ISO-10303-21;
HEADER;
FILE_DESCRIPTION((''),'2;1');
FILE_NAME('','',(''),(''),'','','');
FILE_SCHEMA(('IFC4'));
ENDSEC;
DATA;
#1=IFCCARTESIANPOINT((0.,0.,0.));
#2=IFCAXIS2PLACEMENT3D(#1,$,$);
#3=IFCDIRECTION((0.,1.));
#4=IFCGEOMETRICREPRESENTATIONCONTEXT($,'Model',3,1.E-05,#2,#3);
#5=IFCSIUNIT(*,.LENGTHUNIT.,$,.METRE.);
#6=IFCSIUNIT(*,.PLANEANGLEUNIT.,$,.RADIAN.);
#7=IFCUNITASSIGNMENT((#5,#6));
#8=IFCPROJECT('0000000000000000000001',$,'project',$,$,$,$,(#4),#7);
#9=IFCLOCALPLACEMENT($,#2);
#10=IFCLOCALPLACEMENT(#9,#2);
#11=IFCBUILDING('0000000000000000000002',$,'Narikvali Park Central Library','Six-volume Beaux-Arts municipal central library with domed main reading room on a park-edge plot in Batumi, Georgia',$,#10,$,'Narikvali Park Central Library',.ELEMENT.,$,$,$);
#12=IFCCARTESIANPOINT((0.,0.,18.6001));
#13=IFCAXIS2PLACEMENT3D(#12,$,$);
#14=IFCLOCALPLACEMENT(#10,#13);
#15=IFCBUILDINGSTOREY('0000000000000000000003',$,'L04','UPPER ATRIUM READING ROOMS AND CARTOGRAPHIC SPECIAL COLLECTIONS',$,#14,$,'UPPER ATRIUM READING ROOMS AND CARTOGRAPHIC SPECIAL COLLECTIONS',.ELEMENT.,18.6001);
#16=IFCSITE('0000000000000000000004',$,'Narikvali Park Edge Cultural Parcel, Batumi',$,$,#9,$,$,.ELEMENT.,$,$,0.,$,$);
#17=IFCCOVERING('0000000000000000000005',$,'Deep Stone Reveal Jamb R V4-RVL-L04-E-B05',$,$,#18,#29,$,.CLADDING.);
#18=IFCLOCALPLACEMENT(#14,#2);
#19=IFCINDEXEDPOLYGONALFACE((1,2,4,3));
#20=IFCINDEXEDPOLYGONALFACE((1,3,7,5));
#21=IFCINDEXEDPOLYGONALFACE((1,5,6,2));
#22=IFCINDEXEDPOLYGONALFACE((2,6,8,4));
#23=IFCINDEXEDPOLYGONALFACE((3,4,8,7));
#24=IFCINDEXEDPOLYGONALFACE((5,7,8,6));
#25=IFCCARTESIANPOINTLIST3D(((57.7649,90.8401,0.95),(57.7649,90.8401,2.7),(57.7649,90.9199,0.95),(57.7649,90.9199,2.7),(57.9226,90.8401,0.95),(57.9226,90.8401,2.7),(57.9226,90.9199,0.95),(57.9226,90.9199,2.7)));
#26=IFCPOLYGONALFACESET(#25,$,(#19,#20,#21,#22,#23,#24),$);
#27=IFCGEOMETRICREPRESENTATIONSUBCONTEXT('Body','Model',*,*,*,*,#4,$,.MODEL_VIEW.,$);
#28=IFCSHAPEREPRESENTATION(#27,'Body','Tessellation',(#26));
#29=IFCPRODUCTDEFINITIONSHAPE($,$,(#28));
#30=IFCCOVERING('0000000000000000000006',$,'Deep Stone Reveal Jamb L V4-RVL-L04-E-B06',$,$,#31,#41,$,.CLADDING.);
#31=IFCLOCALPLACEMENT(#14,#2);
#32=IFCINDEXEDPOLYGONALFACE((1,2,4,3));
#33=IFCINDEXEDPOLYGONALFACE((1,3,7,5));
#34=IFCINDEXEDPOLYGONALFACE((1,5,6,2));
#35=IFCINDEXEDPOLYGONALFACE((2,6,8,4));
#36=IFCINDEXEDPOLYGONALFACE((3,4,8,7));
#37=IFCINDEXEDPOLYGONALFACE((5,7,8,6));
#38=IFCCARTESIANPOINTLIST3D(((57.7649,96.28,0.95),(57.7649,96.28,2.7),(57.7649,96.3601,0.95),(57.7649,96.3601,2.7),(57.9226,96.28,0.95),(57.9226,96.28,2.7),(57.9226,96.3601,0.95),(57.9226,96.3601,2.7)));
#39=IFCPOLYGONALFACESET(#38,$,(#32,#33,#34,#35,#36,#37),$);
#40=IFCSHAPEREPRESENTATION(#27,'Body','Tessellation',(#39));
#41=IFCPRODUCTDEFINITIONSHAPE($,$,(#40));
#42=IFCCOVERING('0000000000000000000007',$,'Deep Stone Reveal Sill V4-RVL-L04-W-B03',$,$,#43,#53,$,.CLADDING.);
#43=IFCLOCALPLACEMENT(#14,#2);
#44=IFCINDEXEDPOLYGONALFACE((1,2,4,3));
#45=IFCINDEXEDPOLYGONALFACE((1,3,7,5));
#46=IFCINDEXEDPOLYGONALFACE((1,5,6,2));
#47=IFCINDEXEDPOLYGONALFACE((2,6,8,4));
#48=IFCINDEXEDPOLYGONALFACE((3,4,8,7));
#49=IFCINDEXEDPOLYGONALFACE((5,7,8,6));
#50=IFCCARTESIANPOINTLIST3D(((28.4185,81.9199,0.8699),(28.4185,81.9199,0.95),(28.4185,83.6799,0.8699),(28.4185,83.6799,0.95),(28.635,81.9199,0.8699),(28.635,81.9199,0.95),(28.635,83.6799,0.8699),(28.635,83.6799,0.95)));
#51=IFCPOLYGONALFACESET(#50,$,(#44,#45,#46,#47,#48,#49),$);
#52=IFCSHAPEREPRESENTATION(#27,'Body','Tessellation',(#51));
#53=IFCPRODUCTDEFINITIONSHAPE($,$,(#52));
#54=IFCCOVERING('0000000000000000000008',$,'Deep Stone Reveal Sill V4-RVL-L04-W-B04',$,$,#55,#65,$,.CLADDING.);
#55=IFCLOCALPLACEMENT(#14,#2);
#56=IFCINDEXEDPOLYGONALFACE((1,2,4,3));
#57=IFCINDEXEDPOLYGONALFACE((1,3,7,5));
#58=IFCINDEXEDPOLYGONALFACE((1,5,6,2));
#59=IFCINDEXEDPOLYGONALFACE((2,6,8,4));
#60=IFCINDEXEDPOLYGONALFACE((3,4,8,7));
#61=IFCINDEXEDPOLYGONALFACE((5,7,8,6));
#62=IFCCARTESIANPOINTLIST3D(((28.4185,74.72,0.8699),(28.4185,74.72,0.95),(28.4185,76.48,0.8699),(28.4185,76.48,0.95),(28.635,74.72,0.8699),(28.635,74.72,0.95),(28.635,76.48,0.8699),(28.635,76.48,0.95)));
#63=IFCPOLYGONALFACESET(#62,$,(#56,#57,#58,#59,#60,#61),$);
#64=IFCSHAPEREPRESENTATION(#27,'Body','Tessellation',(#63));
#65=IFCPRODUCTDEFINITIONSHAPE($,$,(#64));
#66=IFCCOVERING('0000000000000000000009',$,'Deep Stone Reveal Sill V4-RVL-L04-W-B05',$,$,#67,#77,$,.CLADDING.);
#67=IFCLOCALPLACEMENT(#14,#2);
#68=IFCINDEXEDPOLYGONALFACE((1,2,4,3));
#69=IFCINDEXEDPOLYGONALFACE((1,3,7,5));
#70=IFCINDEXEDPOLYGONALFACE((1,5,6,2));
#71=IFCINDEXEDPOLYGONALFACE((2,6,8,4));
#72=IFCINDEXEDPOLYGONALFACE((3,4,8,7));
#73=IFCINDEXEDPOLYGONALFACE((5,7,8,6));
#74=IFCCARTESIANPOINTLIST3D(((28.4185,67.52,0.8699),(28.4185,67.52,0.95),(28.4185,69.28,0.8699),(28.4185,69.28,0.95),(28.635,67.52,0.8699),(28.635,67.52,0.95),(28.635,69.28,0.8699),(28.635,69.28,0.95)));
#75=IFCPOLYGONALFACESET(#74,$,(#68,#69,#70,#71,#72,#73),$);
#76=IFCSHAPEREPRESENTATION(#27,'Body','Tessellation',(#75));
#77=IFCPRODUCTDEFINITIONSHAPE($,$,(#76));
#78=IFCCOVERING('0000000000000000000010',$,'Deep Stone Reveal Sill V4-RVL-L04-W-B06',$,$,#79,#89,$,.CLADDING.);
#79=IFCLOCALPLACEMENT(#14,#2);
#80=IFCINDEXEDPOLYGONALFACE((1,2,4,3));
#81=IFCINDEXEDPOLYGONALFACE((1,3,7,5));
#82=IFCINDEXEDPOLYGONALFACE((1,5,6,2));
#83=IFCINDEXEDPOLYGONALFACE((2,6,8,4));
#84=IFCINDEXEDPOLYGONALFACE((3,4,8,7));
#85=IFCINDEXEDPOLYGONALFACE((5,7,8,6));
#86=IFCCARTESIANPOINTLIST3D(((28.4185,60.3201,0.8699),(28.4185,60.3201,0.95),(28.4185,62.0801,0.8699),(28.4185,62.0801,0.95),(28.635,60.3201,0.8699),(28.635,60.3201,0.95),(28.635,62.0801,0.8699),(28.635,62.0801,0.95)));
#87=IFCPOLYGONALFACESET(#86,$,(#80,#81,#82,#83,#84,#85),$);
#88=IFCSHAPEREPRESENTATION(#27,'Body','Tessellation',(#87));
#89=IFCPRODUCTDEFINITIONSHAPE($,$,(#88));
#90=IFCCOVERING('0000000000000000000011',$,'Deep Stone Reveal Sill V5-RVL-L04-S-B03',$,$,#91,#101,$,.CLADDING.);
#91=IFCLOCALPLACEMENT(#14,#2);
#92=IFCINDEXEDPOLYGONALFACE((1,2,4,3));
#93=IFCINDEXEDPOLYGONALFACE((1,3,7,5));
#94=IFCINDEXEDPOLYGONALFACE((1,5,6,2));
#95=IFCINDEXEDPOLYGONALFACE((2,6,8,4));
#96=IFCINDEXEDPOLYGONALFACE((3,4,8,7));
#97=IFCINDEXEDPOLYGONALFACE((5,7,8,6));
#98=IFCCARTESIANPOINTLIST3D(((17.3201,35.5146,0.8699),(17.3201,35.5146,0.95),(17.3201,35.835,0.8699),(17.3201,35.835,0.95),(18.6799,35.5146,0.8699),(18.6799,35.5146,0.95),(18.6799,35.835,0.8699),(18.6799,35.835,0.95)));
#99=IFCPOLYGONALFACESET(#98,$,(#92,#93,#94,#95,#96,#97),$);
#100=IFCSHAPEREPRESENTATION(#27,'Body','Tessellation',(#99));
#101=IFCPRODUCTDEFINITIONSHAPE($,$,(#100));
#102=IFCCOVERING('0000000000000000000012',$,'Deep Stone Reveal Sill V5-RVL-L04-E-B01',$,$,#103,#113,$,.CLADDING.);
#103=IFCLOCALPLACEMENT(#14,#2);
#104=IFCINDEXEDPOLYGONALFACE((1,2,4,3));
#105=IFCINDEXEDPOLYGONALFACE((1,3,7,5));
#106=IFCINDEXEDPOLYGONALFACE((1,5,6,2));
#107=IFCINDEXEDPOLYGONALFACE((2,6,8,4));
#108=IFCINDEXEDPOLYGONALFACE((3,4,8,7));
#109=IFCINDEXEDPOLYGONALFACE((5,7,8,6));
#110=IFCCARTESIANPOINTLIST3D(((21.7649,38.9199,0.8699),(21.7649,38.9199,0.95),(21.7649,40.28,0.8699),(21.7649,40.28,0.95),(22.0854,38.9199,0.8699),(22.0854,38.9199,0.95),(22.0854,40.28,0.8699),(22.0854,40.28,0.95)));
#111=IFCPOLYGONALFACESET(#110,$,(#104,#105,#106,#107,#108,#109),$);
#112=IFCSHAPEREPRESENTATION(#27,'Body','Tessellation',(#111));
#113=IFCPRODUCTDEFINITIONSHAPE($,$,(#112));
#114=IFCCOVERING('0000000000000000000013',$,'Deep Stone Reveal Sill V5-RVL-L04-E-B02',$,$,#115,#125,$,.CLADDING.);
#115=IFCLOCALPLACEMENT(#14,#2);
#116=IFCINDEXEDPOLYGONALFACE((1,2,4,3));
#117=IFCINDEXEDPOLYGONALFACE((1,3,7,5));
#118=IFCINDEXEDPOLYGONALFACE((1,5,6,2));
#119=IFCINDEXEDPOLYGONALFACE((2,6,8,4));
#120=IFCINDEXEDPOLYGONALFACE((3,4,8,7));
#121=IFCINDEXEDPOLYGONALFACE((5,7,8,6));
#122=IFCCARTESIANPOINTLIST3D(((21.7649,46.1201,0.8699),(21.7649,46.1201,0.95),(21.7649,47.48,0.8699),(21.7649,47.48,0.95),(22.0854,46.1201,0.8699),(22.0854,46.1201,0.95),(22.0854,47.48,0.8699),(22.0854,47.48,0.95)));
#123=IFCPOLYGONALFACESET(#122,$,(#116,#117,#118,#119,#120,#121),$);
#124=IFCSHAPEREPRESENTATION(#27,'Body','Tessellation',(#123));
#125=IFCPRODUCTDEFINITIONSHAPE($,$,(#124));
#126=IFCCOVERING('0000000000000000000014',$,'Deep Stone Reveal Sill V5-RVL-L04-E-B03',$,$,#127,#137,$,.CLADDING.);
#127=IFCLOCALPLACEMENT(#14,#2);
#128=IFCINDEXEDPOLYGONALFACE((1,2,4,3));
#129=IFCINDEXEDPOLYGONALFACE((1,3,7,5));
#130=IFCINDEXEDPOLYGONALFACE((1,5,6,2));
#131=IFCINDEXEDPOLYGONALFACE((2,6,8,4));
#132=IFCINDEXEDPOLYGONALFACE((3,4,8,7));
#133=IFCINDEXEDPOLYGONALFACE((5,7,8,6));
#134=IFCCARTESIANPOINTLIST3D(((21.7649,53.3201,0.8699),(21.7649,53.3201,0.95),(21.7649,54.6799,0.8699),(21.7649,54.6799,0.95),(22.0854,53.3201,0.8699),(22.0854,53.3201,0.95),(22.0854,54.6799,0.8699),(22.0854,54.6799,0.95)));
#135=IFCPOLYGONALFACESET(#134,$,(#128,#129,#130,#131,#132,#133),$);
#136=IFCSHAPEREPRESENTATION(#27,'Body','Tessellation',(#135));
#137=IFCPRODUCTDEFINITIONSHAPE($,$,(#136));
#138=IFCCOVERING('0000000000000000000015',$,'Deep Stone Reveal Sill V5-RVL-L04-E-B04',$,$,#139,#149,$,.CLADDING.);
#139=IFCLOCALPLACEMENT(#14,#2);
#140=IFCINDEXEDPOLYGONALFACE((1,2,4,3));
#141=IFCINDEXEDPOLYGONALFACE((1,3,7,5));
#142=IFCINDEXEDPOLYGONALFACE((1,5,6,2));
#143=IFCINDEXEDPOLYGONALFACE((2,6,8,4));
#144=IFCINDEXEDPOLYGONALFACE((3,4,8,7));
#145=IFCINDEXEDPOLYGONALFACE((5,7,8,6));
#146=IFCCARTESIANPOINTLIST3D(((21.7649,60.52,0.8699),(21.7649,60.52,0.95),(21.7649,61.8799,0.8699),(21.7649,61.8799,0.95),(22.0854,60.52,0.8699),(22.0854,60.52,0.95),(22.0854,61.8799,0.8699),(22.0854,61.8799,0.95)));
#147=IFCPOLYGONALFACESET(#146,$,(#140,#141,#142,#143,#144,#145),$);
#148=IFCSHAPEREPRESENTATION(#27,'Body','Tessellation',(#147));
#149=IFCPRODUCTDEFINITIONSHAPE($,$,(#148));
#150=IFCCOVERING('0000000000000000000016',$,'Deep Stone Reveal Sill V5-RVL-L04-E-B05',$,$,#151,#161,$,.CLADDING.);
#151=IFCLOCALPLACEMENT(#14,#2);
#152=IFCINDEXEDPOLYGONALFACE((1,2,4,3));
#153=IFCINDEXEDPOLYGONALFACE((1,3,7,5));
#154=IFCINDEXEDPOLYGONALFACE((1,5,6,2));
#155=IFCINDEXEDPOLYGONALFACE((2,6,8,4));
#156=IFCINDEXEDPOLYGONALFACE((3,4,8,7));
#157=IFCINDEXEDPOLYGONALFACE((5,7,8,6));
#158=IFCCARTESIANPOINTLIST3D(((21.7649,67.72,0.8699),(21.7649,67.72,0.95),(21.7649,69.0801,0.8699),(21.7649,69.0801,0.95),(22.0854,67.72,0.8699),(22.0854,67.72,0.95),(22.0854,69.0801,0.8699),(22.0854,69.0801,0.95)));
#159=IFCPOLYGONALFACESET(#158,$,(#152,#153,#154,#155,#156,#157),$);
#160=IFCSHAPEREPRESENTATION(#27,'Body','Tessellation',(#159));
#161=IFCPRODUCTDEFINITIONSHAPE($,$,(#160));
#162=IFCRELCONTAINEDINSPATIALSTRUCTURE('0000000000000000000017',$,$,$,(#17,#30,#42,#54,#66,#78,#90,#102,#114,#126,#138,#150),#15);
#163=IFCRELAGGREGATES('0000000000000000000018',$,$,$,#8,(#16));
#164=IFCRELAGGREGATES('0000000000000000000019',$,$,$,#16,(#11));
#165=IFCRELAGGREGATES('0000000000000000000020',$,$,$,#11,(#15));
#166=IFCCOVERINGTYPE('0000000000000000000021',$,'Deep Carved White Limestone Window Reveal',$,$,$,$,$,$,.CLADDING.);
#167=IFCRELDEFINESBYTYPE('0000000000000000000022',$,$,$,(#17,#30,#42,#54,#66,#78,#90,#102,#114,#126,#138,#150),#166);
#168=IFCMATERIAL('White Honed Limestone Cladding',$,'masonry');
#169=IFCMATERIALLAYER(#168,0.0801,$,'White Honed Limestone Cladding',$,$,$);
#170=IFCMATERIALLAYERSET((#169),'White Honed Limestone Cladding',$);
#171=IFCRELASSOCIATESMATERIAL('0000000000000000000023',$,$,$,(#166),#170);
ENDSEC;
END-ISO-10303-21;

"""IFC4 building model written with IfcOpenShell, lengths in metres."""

from ifc_helpers import new_model, si_unit, direction, frame, origin, place, context, subcontext, project, spatial, polyline, outline, extrude, material, layer, layer_set, type_object, element, save


model = new_model("IFC4")

# Units and contexts
model_context = context("Model", 3, precision=1e-05, world=origin(), true_north=direction((0.0, 1.0)))
body_context = subcontext(model_context, "Body", "Model", "MODEL_VIEW")
ifc_project = project(units=[si_unit("LENGTHUNIT", "METRE"), si_unit("PLANEANGLEUNIT", "RADIAN")], contexts=[model_context])

# Site, building, storey
site_placement = place(None, origin())
site = spatial("IfcSite", under=ifc_project, at=site_placement, Name="Narikvali Park Edge Cultural Parcel, Batumi", CompositionType="ELEMENT", RefElevation=0.0)
building_placement = place(site_placement, origin())
building = spatial("IfcBuilding", under=site, at=building_placement, Name="Narikvali Park Central Library", Description="Six-volume Beaux-Arts municipal central library with domed main reading room on a park-edge plot in Batumi, Georgia", LongName="Narikvali Park Central Library", CompositionType="ELEMENT")
storey_placement = place(building_placement, frame((0.0, 0.0, 18.6001)))
storey = spatial("IfcBuildingStorey", under=building, at=storey_placement, Name="L04", Description="UPPER ATRIUM READING ROOMS AND CARTOGRAPHIC SPECIAL COLLECTIONS", LongName="UPPER ATRIUM READING ROOMS AND CARTOGRAPHIC SPECIAL COLLECTIONS", CompositionType="ELEMENT", Elevation=18.6001)

# Coverings
ifc_material = material(Name="White Honed Limestone Cladding", Category="masonry")
ifc_layer = layer(ifc_material, 0.0801, Name="White Honed Limestone Cladding")
ifc_layer_set = layer_set([ifc_layer], Name="White Honed Limestone Cladding")
covering_type = type_object("IfcCoveringType", Name="Deep Carved White Limestone Window Reveal", PredefinedType="CLADDING", material=ifc_layer_set)
covering_1_placement = place(storey_placement, frame((0.0, 0.0, 0.95)))
element("IfcCovering", 1, at=covering_1_placement, inside=storey, type_object=covering_type, Name="Deep Stone Reveal Jamb R V4-RVL-L04-E-B05", PredefinedType="CLADDING", context=body_context, shape_type="SweptSolid", body=[
    extrude(outline(polyline([(57.7649, 90.8401), (57.7649, 90.9199), (57.9226, 90.9199), (57.9226, 90.8401), (57.7649, 90.8401)])), origin(), (0.0, 0.0, 1.0), 1.75),
])
covering_2_placement = place(storey_placement, frame((0.0, 0.0, 0.95)))
element("IfcCovering", 2, at=covering_2_placement, inside=storey, type_object=covering_type, Name="Deep Stone Reveal Jamb L V4-RVL-L04-E-B06", PredefinedType="CLADDING", context=body_context, shape_type="SweptSolid", body=[
    extrude(outline(polyline([(57.7649, 96.28), (57.7649, 96.3601), (57.9226, 96.3601), (57.9226, 96.28), (57.7649, 96.28)])), origin(), (0.0, 0.0, 1.0), 1.75),
])
covering_3_placement = place(storey_placement, frame((0.0, 0.0, 0.8699)))
element("IfcCovering", 3, at=covering_3_placement, inside=storey, type_object=covering_type, Name="Deep Stone Reveal Sill V4-RVL-L04-W-B03", PredefinedType="CLADDING", context=body_context, shape_type="SweptSolid", body=[
    extrude(outline(polyline([(28.635, 83.6799), (28.635, 81.9199), (28.4185, 81.9199), (28.4185, 83.6799), (28.635, 83.6799)])), origin(), (0.0, 0.0, 1.0), 0.0801),
])
covering_4_placement = place(storey_placement, frame((0.0, 0.0, 0.8699)))
element("IfcCovering", 4, at=covering_4_placement, inside=storey, type_object=covering_type, Name="Deep Stone Reveal Sill V4-RVL-L04-W-B04", PredefinedType="CLADDING", context=body_context, shape_type="SweptSolid", body=[
    extrude(outline(polyline([(28.635, 76.48), (28.635, 74.72), (28.4185, 74.72), (28.4185, 76.48), (28.635, 76.48)])), origin(), (0.0, 0.0, 1.0), 0.0801),
])
covering_5_placement = place(storey_placement, frame((0.0, 0.0, 0.8699)))
element("IfcCovering", 5, at=covering_5_placement, inside=storey, type_object=covering_type, Name="Deep Stone Reveal Sill V4-RVL-L04-W-B05", PredefinedType="CLADDING", context=body_context, shape_type="SweptSolid", body=[
    extrude(outline(polyline([(28.635, 69.28), (28.635, 67.52), (28.4185, 67.52), (28.4185, 69.28), (28.635, 69.28)])), origin(), (0.0, 0.0, 1.0), 0.0801),
])
covering_6_placement = place(storey_placement, frame((0.0, 0.0, 0.8699)))
element("IfcCovering", 6, at=covering_6_placement, inside=storey, type_object=covering_type, Name="Deep Stone Reveal Sill V4-RVL-L04-W-B06", PredefinedType="CLADDING", context=body_context, shape_type="SweptSolid", body=[
    extrude(outline(polyline([(28.635, 62.0801), (28.635, 60.3201), (28.4185, 60.3201), (28.4185, 62.0801), (28.635, 62.0801)])), origin(), (0.0, 0.0, 1.0), 0.0801),
])
covering_7_placement = place(storey_placement, frame((0.0, 0.0, 0.8699)))
element("IfcCovering", 7, at=covering_7_placement, inside=storey, type_object=covering_type, Name="Deep Stone Reveal Sill V5-RVL-L04-S-B03", PredefinedType="CLADDING", context=body_context, shape_type="SweptSolid", body=[
    extrude(outline(polyline([(17.3201, 35.835), (18.6799, 35.835), (18.6799, 35.5146), (17.3201, 35.5146), (17.3201, 35.835)])), origin(), (0.0, 0.0, 1.0), 0.0801),
])
covering_8_placement = place(storey_placement, frame((0.0, 0.0, 0.8699)))
element("IfcCovering", 8, at=covering_8_placement, inside=storey, type_object=covering_type, Name="Deep Stone Reveal Sill V5-RVL-L04-E-B01", PredefinedType="CLADDING", context=body_context, shape_type="SweptSolid", body=[
    extrude(outline(polyline([(21.7649, 38.9199), (21.7649, 40.28), (22.0854, 40.28), (22.0854, 38.9199), (21.7649, 38.9199)])), origin(), (0.0, 0.0, 1.0), 0.0801),
])
covering_9_placement = place(storey_placement, frame((0.0, 0.0, 0.8699)))
element("IfcCovering", 9, at=covering_9_placement, inside=storey, type_object=covering_type, Name="Deep Stone Reveal Sill V5-RVL-L04-E-B02", PredefinedType="CLADDING", context=body_context, shape_type="SweptSolid", body=[
    extrude(outline(polyline([(21.7649, 46.1201), (21.7649, 47.48), (22.0854, 47.48), (22.0854, 46.1201), (21.7649, 46.1201)])), origin(), (0.0, 0.0, 1.0), 0.0801),
])
covering_10_placement = place(storey_placement, frame((0.0, 0.0, 0.8699)))
element("IfcCovering", 10, at=covering_10_placement, inside=storey, type_object=covering_type, Name="Deep Stone Reveal Sill V5-RVL-L04-E-B03", PredefinedType="CLADDING", context=body_context, shape_type="SweptSolid", body=[
    extrude(outline(polyline([(21.7649, 53.3201), (21.7649, 54.6799), (22.0854, 54.6799), (22.0854, 53.3201), (21.7649, 53.3201)])), origin(), (0.0, 0.0, 1.0), 0.0801),
])
covering_11_placement = place(storey_placement, frame((0.0, 0.0, 0.8699)))
element("IfcCovering", 11, at=covering_11_placement, inside=storey, type_object=covering_type, Name="Deep Stone Reveal Sill V5-RVL-L04-E-B04", PredefinedType="CLADDING", context=body_context, shape_type="SweptSolid", body=[
    extrude(outline(polyline([(21.7649, 60.52), (21.7649, 61.8799), (22.0854, 61.8799), (22.0854, 60.52), (21.7649, 60.52)])), origin(), (0.0, 0.0, 1.0), 0.0801),
])
covering_12_placement = place(storey_placement, frame((0.0, 0.0, 0.8699)))
element("IfcCovering", 12, at=covering_12_placement, inside=storey, type_object=covering_type, Name="Deep Stone Reveal Sill V5-RVL-L04-E-B05", PredefinedType="CLADDING", context=body_context, shape_type="SweptSolid", body=[
    extrude(outline(polyline([(21.7649, 67.72), (21.7649, 69.0801), (22.0854, 69.0801), (22.0854, 67.72), (21.7649, 67.72)])), origin(), (0.0, 0.0, 1.0), 0.0801),
])

save(model, "model.ifc")
